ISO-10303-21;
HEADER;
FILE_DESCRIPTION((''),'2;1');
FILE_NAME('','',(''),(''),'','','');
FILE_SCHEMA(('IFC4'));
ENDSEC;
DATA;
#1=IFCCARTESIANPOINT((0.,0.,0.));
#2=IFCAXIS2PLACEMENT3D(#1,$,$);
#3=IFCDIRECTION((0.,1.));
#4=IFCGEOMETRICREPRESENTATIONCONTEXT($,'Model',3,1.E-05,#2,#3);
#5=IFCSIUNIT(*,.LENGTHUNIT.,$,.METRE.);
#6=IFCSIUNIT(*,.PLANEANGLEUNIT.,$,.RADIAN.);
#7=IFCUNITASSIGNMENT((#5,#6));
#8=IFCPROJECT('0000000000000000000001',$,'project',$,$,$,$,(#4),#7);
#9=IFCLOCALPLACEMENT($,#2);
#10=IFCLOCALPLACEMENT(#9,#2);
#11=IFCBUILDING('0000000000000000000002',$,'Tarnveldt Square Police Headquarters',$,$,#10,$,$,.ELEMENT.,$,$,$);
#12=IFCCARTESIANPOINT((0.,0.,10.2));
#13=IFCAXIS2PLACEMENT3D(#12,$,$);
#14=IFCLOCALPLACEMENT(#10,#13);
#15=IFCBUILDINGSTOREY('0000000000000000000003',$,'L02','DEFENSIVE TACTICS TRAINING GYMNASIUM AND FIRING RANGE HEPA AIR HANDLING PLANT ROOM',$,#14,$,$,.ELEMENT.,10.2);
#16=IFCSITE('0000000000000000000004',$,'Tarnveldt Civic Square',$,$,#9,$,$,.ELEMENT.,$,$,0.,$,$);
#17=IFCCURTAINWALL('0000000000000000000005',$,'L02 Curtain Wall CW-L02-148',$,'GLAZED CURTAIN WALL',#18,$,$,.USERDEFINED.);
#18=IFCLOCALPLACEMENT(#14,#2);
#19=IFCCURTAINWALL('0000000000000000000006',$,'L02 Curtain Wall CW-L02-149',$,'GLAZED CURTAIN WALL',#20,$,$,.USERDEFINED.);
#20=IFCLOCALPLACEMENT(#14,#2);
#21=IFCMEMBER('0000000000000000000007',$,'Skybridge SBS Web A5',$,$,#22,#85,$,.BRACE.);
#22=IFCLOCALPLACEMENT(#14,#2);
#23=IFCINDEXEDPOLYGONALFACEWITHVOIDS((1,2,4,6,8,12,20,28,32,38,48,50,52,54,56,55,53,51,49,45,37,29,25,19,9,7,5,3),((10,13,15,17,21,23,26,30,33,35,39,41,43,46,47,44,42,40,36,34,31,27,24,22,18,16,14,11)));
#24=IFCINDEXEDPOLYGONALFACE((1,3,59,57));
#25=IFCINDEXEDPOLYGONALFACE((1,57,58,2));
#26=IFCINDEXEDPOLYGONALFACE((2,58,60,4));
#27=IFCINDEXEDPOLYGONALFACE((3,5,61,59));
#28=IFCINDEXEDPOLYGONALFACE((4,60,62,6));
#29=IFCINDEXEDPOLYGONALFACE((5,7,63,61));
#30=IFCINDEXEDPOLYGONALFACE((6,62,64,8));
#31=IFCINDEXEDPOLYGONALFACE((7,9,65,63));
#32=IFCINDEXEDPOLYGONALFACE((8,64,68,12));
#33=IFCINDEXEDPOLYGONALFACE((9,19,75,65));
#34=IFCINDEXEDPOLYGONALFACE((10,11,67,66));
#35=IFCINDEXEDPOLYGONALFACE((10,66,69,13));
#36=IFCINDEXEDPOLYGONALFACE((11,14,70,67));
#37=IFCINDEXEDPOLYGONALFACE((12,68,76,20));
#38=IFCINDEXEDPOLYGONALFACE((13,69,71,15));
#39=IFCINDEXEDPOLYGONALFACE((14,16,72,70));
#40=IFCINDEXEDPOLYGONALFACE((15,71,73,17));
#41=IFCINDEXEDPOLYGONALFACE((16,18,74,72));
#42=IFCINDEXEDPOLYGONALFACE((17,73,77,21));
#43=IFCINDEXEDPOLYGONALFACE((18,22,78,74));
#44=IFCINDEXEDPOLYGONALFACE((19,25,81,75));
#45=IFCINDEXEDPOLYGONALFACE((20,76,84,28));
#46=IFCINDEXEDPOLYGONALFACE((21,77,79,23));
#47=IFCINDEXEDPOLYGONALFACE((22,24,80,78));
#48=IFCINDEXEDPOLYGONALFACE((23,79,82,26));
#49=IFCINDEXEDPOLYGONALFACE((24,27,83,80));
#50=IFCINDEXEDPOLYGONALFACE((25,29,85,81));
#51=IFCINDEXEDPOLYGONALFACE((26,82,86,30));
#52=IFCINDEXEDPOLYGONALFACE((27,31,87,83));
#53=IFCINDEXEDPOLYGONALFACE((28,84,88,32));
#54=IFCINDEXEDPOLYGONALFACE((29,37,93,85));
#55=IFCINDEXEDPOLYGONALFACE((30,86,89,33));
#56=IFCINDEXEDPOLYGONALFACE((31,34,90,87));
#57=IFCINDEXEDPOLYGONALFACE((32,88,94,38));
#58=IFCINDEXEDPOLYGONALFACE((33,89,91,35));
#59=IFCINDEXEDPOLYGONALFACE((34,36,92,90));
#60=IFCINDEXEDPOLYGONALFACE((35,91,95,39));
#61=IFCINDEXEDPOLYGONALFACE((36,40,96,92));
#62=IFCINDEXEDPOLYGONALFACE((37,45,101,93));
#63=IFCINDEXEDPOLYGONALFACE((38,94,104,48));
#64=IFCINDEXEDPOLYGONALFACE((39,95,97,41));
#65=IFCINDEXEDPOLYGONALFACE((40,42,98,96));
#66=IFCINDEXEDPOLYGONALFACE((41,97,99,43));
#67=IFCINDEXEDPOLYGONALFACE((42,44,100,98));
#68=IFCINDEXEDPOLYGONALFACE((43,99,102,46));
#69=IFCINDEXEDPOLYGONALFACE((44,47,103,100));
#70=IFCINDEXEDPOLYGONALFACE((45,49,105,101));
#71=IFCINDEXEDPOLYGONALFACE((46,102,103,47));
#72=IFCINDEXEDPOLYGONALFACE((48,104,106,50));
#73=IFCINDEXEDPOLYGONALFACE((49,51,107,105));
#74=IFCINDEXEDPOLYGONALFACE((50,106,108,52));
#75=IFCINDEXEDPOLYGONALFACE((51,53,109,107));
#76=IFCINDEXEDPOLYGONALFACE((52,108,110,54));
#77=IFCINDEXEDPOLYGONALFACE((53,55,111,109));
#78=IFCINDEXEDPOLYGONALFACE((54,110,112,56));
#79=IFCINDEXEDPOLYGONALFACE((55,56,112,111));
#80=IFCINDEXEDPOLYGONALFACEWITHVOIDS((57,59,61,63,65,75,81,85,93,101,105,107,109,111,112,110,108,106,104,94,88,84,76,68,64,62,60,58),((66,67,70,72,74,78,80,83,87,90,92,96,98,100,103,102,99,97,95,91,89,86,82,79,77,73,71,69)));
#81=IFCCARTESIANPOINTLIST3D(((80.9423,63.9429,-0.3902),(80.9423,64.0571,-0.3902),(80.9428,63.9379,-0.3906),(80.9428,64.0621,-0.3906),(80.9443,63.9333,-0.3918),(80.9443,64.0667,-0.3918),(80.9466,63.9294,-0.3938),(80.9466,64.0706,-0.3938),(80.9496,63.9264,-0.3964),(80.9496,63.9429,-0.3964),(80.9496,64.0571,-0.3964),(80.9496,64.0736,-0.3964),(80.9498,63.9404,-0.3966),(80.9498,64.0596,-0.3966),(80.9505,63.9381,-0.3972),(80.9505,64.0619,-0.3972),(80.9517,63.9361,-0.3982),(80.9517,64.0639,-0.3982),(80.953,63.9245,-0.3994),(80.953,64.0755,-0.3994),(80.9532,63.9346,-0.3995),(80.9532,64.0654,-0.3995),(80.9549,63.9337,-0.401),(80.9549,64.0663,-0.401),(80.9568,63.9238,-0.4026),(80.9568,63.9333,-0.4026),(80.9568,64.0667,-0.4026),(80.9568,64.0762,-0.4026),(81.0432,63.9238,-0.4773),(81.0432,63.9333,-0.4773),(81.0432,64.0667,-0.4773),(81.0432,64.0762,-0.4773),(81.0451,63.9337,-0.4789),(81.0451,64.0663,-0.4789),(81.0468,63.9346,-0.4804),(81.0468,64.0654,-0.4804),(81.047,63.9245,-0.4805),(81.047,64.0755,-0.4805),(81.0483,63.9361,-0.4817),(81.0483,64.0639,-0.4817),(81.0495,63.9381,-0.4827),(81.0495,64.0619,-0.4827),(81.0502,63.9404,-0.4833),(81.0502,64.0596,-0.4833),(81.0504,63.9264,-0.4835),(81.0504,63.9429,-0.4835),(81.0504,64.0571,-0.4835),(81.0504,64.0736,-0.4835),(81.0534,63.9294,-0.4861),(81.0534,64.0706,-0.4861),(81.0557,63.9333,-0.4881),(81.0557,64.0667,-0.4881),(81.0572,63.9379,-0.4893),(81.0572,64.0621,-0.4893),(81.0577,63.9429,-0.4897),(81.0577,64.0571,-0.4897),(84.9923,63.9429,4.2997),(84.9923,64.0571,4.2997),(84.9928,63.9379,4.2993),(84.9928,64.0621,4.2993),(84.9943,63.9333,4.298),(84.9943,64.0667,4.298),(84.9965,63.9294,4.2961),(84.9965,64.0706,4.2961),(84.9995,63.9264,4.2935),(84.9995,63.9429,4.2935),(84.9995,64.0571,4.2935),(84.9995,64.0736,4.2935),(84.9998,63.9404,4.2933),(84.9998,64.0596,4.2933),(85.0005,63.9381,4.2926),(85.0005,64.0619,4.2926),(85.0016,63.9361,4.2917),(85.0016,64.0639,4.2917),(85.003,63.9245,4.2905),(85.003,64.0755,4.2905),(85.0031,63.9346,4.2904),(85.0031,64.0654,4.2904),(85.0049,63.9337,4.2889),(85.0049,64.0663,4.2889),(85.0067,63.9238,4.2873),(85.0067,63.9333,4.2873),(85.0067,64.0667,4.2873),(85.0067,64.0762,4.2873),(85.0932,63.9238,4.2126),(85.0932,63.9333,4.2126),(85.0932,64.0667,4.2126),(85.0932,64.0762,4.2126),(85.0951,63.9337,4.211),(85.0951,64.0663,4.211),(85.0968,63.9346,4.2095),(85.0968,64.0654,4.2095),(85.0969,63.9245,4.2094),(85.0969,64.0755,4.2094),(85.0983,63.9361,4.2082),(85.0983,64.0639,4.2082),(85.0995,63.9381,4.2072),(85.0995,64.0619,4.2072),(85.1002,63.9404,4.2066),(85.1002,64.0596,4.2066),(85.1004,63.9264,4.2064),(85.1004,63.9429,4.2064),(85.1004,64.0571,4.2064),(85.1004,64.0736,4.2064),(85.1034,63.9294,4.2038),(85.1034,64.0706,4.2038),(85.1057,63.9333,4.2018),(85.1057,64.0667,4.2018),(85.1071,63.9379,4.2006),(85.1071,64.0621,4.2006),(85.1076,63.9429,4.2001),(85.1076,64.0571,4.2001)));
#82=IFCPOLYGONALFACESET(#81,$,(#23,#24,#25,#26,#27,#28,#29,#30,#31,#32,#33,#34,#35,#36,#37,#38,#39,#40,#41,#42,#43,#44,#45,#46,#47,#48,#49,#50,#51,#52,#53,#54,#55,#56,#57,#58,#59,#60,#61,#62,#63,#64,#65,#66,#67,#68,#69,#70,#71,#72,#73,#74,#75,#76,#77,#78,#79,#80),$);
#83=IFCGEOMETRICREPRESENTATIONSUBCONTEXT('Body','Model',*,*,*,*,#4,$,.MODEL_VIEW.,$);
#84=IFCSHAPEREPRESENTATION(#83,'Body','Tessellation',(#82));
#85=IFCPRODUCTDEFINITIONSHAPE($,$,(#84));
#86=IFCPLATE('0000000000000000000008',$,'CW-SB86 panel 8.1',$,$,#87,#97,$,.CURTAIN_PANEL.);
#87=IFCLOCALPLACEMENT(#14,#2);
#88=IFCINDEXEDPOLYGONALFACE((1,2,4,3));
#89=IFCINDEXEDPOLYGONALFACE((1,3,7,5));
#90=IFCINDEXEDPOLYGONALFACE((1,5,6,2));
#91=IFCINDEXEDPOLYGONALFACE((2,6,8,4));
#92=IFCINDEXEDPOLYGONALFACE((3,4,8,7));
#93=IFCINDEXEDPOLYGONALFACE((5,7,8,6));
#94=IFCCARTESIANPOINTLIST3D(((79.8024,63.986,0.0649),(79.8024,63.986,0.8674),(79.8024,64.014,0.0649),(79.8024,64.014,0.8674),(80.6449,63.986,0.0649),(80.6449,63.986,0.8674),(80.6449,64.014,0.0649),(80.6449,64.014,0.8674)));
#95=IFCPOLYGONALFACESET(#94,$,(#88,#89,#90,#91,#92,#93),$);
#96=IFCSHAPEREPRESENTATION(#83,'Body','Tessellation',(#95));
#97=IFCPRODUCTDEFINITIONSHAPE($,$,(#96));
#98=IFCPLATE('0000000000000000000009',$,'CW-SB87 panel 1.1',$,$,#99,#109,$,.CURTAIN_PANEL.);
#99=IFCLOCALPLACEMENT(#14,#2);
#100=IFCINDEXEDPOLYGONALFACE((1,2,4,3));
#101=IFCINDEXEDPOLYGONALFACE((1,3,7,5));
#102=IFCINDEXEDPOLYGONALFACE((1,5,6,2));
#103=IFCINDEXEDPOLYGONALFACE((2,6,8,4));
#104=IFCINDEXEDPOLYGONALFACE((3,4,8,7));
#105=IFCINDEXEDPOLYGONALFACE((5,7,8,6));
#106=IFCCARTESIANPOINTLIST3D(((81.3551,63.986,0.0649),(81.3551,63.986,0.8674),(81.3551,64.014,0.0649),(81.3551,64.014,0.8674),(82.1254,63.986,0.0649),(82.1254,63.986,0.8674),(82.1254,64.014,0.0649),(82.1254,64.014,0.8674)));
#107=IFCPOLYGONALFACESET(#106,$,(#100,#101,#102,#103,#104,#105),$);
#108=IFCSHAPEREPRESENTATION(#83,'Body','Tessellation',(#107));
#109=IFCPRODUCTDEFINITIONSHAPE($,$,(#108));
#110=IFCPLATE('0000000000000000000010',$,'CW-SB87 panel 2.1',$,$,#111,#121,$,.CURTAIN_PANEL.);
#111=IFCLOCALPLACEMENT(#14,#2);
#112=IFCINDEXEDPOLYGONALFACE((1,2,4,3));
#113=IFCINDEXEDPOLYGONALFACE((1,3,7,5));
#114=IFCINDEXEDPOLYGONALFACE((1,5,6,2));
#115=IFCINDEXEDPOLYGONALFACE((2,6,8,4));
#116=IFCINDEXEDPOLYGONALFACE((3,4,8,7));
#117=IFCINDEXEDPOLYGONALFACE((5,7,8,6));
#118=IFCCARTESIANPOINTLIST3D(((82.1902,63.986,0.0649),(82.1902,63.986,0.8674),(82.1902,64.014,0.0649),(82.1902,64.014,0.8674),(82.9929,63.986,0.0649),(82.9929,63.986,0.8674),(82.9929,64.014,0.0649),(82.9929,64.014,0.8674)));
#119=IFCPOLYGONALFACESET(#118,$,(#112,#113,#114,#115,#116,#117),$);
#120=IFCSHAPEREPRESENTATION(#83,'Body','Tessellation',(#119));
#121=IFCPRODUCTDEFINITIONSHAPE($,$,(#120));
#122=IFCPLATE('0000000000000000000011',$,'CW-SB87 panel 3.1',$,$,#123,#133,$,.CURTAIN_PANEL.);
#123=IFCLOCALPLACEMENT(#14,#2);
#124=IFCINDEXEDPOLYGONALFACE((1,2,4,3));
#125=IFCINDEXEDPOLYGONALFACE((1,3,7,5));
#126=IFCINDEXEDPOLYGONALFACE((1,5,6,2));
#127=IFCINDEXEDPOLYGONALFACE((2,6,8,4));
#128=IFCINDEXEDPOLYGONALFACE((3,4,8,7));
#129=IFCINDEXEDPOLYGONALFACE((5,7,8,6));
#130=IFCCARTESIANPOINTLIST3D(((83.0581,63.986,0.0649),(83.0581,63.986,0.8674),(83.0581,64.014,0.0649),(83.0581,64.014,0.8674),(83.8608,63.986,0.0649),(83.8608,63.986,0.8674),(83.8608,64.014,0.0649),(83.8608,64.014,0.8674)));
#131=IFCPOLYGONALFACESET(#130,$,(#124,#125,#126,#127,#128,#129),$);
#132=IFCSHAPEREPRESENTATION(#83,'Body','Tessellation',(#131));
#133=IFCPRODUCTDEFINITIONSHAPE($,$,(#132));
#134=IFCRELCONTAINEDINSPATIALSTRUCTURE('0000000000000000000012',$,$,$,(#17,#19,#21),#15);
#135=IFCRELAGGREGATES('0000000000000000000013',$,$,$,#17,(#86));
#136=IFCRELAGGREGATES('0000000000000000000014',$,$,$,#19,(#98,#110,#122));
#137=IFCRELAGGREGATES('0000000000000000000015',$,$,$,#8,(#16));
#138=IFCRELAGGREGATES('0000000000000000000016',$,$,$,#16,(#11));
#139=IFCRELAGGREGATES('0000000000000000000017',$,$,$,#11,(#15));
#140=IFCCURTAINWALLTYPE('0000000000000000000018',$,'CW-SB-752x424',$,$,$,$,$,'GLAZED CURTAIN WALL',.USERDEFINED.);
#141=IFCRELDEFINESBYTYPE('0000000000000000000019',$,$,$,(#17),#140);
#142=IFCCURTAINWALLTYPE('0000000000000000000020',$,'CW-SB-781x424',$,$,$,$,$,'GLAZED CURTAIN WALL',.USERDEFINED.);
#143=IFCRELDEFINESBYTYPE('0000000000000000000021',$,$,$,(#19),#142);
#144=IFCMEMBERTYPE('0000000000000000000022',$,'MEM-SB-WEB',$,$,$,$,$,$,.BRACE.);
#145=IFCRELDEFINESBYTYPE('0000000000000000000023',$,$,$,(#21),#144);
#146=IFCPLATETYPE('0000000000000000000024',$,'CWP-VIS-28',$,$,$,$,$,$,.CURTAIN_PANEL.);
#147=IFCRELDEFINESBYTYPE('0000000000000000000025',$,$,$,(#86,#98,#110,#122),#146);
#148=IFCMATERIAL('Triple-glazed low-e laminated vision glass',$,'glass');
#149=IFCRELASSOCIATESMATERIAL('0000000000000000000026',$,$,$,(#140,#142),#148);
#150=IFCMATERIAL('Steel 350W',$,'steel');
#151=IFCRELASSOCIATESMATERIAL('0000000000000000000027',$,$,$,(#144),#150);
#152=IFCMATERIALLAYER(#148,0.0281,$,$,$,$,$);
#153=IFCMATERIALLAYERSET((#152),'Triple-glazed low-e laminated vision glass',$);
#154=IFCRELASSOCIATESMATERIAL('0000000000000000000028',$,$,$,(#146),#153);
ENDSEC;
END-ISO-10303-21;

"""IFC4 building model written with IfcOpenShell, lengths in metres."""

from ifc_helpers import new_model, si_unit, direction, frame, origin, origin_2d, place, context, subcontext, project, spatial, rectangle, hollow_rectangle, extrude, material, layer, layer_set, material_profile, profile_set, type_object, element, aggregate, save


model = new_model("IFC4")

# Units and contexts
model_context = context("Model", 3, precision=1e-05, world=origin(), true_north=direction((0.0, 1.0)))
body_context = subcontext(model_context, "Body", "Model", "MODEL_VIEW")
ifc_project = project(units=[si_unit("LENGTHUNIT", "METRE"), si_unit("PLANEANGLEUNIT", "RADIAN")], contexts=[model_context])

# Site, building, storey
site_placement = place(None, origin())
site = spatial("IfcSite", under=ifc_project, at=site_placement, Name="Tarnveldt Civic Square", CompositionType="ELEMENT", RefElevation=0.0)
building_placement = place(site_placement, origin())
building = spatial("IfcBuilding", under=site, at=building_placement, Name="Tarnveldt Square Police Headquarters", CompositionType="ELEMENT")
storey_placement = place(building_placement, frame((0.0, 0.0, 10.2)))
storey = spatial("IfcBuildingStorey", under=building, at=storey_placement, Name="L02", Description="DEFENSIVE TACTICS TRAINING GYMNASIUM AND FIRING RANGE HEPA AIR HANDLING PLANT ROOM", CompositionType="ELEMENT", Elevation=10.2)

# Curtain walls
ifc_material_1 = material(Name="Triple-glazed low-e laminated vision glass", Category="glass")
curtain_wall_type_1 = type_object("IfcCurtainWallType", Name="CW-SB-752x424", ElementType="GLAZED CURTAIN WALL", PredefinedType="USERDEFINED", material=ifc_material_1)
curtain_wall_1_placement = place(storey_placement, origin())
curtain_wall_1 = element("IfcCurtainWall", 1, at=curtain_wall_1_placement, inside=storey, type_object=curtain_wall_type_1, Name="L02 Curtain Wall CW-L02-148", ObjectType="GLAZED CURTAIN WALL", PredefinedType="USERDEFINED")
curtain_wall_type_2 = type_object("IfcCurtainWallType", Name="CW-SB-781x424", ElementType="GLAZED CURTAIN WALL", PredefinedType="USERDEFINED", material=ifc_material_1)
curtain_wall_2_placement = place(storey_placement, origin())
curtain_wall_2 = element("IfcCurtainWall", 2, at=curtain_wall_2_placement, inside=storey, type_object=curtain_wall_type_2, Name="L02 Curtain Wall CW-L02-149", ObjectType="GLAZED CURTAIN WALL", PredefinedType="USERDEFINED")

# Member
ifc_material_2 = material(Name="Steel 350W", Category="steel")
ifc_material_profile_1 = material_profile(ifc_material_2, hollow_rectangle(XDim=0.1523, YDim=0.1523, WallThickness=0.0095, InnerFilletRadius=0.0095, OuterFilletRadius=0.019, at=origin_2d()), Name="HSS152x152x9.5")
ifc_profile_set_1 = profile_set([ifc_material_profile_1], Name="Steel 350W")
member_type_1 = type_object("IfcMemberType", Name="MEM-SB-WEB", PredefinedType="BRACE", material=ifc_profile_set_1)
for number, where, z_axis, x_axis, name in (
    (3, (81.0, 64.0, -0.4399), (0.653587, 0.0, 0.756851), (0.0, 1.0, 0.0), "Skybridge SBS Web A5"),
):
    element("IfcMember", number, at=place(storey_placement, frame(where, z_axis=z_axis, x_axis=x_axis)), inside=storey, type_object=member_type_1, Name=name, PredefinedType="BRACE", context=body_context, shape_type="SweptSolid", body=[
        extrude(hollow_rectangle(XDim=0.1523, YDim=0.1523, WallThickness=0.0095, InnerFilletRadius=0.0095, OuterFilletRadius=0.019, at=origin_2d()), origin(), (0.0, 0.0, 1.0), 6.1965),
    ])

# Plates
ifc_layer = layer(ifc_material_1, 0.0281)
ifc_layer_set = layer_set([ifc_layer], Name="Triple-glazed low-e laminated vision glass")
plate_type = type_object("IfcPlateType", Name="CWP-VIS-28", PredefinedType="CURTAIN_PANEL", material=ifc_layer_set)
plate_1_placement = place(storey_placement, frame((80.2236, 64.0, 0.0649), z_axis=(0.0, 0.0, 1.0), x_axis=(1.0, 0.0, 0.0)))
plate_1 = element("IfcPlate", 4, at=plate_1_placement, type_object=plate_type, Name="CW-SB86 panel 8.1", PredefinedType="CURTAIN_PANEL", context=body_context, shape_type="SweptSolid", body=[
    extrude(rectangle(XDim=0.8425, YDim=0.0281, at=origin_2d()), origin(), (0.0, 0.0, 1.0), 0.8025),
])
aggregate(curtain_wall_1, [plate_1])
plate_2_placement = place(storey_placement, frame((81.7402, 64.0, 0.0649), z_axis=(0.0, 0.0, 1.0), x_axis=(1.0, 0.0, 0.0)))
plate_2 = element("IfcPlate", 5, at=plate_2_placement, type_object=plate_type, Name="CW-SB87 panel 1.1", PredefinedType="CURTAIN_PANEL", context=body_context, shape_type="SweptSolid", body=[
    extrude(rectangle(XDim=0.7703, YDim=0.0281, at=origin_2d()), origin(), (0.0, 0.0, 1.0), 0.8025),
])
plate_3_placement = place(storey_placement, frame((82.5916, 64.0, 0.0649), z_axis=(0.0, 0.0, 1.0), x_axis=(1.0, 0.0, 0.0)))
plate_3 = element("IfcPlate", 6, at=plate_3_placement, type_object=plate_type, Name="CW-SB87 panel 2.1", PredefinedType="CURTAIN_PANEL", context=body_context, shape_type="SweptSolid", body=[
    extrude(rectangle(XDim=0.8027, YDim=0.0281, at=origin_2d()), origin(), (0.0, 0.0, 1.0), 0.8025),
])
plate_4_placement = place(storey_placement, frame((83.4595, 64.0, 0.0649), z_axis=(0.0, 0.0, 1.0), x_axis=(1.0, 0.0, 0.0)))
plate_4 = element("IfcPlate", 7, at=plate_4_placement, type_object=plate_type, Name="CW-SB87 panel 3.1", PredefinedType="CURTAIN_PANEL", context=body_context, shape_type="SweptSolid", body=[
    extrude(rectangle(XDim=0.8027, YDim=0.0281, at=origin_2d()), origin(), (0.0, 0.0, 1.0), 0.8025),
])
aggregate(curtain_wall_2, [plate_2, plate_3, plate_4])

save(model, "model.ifc")
